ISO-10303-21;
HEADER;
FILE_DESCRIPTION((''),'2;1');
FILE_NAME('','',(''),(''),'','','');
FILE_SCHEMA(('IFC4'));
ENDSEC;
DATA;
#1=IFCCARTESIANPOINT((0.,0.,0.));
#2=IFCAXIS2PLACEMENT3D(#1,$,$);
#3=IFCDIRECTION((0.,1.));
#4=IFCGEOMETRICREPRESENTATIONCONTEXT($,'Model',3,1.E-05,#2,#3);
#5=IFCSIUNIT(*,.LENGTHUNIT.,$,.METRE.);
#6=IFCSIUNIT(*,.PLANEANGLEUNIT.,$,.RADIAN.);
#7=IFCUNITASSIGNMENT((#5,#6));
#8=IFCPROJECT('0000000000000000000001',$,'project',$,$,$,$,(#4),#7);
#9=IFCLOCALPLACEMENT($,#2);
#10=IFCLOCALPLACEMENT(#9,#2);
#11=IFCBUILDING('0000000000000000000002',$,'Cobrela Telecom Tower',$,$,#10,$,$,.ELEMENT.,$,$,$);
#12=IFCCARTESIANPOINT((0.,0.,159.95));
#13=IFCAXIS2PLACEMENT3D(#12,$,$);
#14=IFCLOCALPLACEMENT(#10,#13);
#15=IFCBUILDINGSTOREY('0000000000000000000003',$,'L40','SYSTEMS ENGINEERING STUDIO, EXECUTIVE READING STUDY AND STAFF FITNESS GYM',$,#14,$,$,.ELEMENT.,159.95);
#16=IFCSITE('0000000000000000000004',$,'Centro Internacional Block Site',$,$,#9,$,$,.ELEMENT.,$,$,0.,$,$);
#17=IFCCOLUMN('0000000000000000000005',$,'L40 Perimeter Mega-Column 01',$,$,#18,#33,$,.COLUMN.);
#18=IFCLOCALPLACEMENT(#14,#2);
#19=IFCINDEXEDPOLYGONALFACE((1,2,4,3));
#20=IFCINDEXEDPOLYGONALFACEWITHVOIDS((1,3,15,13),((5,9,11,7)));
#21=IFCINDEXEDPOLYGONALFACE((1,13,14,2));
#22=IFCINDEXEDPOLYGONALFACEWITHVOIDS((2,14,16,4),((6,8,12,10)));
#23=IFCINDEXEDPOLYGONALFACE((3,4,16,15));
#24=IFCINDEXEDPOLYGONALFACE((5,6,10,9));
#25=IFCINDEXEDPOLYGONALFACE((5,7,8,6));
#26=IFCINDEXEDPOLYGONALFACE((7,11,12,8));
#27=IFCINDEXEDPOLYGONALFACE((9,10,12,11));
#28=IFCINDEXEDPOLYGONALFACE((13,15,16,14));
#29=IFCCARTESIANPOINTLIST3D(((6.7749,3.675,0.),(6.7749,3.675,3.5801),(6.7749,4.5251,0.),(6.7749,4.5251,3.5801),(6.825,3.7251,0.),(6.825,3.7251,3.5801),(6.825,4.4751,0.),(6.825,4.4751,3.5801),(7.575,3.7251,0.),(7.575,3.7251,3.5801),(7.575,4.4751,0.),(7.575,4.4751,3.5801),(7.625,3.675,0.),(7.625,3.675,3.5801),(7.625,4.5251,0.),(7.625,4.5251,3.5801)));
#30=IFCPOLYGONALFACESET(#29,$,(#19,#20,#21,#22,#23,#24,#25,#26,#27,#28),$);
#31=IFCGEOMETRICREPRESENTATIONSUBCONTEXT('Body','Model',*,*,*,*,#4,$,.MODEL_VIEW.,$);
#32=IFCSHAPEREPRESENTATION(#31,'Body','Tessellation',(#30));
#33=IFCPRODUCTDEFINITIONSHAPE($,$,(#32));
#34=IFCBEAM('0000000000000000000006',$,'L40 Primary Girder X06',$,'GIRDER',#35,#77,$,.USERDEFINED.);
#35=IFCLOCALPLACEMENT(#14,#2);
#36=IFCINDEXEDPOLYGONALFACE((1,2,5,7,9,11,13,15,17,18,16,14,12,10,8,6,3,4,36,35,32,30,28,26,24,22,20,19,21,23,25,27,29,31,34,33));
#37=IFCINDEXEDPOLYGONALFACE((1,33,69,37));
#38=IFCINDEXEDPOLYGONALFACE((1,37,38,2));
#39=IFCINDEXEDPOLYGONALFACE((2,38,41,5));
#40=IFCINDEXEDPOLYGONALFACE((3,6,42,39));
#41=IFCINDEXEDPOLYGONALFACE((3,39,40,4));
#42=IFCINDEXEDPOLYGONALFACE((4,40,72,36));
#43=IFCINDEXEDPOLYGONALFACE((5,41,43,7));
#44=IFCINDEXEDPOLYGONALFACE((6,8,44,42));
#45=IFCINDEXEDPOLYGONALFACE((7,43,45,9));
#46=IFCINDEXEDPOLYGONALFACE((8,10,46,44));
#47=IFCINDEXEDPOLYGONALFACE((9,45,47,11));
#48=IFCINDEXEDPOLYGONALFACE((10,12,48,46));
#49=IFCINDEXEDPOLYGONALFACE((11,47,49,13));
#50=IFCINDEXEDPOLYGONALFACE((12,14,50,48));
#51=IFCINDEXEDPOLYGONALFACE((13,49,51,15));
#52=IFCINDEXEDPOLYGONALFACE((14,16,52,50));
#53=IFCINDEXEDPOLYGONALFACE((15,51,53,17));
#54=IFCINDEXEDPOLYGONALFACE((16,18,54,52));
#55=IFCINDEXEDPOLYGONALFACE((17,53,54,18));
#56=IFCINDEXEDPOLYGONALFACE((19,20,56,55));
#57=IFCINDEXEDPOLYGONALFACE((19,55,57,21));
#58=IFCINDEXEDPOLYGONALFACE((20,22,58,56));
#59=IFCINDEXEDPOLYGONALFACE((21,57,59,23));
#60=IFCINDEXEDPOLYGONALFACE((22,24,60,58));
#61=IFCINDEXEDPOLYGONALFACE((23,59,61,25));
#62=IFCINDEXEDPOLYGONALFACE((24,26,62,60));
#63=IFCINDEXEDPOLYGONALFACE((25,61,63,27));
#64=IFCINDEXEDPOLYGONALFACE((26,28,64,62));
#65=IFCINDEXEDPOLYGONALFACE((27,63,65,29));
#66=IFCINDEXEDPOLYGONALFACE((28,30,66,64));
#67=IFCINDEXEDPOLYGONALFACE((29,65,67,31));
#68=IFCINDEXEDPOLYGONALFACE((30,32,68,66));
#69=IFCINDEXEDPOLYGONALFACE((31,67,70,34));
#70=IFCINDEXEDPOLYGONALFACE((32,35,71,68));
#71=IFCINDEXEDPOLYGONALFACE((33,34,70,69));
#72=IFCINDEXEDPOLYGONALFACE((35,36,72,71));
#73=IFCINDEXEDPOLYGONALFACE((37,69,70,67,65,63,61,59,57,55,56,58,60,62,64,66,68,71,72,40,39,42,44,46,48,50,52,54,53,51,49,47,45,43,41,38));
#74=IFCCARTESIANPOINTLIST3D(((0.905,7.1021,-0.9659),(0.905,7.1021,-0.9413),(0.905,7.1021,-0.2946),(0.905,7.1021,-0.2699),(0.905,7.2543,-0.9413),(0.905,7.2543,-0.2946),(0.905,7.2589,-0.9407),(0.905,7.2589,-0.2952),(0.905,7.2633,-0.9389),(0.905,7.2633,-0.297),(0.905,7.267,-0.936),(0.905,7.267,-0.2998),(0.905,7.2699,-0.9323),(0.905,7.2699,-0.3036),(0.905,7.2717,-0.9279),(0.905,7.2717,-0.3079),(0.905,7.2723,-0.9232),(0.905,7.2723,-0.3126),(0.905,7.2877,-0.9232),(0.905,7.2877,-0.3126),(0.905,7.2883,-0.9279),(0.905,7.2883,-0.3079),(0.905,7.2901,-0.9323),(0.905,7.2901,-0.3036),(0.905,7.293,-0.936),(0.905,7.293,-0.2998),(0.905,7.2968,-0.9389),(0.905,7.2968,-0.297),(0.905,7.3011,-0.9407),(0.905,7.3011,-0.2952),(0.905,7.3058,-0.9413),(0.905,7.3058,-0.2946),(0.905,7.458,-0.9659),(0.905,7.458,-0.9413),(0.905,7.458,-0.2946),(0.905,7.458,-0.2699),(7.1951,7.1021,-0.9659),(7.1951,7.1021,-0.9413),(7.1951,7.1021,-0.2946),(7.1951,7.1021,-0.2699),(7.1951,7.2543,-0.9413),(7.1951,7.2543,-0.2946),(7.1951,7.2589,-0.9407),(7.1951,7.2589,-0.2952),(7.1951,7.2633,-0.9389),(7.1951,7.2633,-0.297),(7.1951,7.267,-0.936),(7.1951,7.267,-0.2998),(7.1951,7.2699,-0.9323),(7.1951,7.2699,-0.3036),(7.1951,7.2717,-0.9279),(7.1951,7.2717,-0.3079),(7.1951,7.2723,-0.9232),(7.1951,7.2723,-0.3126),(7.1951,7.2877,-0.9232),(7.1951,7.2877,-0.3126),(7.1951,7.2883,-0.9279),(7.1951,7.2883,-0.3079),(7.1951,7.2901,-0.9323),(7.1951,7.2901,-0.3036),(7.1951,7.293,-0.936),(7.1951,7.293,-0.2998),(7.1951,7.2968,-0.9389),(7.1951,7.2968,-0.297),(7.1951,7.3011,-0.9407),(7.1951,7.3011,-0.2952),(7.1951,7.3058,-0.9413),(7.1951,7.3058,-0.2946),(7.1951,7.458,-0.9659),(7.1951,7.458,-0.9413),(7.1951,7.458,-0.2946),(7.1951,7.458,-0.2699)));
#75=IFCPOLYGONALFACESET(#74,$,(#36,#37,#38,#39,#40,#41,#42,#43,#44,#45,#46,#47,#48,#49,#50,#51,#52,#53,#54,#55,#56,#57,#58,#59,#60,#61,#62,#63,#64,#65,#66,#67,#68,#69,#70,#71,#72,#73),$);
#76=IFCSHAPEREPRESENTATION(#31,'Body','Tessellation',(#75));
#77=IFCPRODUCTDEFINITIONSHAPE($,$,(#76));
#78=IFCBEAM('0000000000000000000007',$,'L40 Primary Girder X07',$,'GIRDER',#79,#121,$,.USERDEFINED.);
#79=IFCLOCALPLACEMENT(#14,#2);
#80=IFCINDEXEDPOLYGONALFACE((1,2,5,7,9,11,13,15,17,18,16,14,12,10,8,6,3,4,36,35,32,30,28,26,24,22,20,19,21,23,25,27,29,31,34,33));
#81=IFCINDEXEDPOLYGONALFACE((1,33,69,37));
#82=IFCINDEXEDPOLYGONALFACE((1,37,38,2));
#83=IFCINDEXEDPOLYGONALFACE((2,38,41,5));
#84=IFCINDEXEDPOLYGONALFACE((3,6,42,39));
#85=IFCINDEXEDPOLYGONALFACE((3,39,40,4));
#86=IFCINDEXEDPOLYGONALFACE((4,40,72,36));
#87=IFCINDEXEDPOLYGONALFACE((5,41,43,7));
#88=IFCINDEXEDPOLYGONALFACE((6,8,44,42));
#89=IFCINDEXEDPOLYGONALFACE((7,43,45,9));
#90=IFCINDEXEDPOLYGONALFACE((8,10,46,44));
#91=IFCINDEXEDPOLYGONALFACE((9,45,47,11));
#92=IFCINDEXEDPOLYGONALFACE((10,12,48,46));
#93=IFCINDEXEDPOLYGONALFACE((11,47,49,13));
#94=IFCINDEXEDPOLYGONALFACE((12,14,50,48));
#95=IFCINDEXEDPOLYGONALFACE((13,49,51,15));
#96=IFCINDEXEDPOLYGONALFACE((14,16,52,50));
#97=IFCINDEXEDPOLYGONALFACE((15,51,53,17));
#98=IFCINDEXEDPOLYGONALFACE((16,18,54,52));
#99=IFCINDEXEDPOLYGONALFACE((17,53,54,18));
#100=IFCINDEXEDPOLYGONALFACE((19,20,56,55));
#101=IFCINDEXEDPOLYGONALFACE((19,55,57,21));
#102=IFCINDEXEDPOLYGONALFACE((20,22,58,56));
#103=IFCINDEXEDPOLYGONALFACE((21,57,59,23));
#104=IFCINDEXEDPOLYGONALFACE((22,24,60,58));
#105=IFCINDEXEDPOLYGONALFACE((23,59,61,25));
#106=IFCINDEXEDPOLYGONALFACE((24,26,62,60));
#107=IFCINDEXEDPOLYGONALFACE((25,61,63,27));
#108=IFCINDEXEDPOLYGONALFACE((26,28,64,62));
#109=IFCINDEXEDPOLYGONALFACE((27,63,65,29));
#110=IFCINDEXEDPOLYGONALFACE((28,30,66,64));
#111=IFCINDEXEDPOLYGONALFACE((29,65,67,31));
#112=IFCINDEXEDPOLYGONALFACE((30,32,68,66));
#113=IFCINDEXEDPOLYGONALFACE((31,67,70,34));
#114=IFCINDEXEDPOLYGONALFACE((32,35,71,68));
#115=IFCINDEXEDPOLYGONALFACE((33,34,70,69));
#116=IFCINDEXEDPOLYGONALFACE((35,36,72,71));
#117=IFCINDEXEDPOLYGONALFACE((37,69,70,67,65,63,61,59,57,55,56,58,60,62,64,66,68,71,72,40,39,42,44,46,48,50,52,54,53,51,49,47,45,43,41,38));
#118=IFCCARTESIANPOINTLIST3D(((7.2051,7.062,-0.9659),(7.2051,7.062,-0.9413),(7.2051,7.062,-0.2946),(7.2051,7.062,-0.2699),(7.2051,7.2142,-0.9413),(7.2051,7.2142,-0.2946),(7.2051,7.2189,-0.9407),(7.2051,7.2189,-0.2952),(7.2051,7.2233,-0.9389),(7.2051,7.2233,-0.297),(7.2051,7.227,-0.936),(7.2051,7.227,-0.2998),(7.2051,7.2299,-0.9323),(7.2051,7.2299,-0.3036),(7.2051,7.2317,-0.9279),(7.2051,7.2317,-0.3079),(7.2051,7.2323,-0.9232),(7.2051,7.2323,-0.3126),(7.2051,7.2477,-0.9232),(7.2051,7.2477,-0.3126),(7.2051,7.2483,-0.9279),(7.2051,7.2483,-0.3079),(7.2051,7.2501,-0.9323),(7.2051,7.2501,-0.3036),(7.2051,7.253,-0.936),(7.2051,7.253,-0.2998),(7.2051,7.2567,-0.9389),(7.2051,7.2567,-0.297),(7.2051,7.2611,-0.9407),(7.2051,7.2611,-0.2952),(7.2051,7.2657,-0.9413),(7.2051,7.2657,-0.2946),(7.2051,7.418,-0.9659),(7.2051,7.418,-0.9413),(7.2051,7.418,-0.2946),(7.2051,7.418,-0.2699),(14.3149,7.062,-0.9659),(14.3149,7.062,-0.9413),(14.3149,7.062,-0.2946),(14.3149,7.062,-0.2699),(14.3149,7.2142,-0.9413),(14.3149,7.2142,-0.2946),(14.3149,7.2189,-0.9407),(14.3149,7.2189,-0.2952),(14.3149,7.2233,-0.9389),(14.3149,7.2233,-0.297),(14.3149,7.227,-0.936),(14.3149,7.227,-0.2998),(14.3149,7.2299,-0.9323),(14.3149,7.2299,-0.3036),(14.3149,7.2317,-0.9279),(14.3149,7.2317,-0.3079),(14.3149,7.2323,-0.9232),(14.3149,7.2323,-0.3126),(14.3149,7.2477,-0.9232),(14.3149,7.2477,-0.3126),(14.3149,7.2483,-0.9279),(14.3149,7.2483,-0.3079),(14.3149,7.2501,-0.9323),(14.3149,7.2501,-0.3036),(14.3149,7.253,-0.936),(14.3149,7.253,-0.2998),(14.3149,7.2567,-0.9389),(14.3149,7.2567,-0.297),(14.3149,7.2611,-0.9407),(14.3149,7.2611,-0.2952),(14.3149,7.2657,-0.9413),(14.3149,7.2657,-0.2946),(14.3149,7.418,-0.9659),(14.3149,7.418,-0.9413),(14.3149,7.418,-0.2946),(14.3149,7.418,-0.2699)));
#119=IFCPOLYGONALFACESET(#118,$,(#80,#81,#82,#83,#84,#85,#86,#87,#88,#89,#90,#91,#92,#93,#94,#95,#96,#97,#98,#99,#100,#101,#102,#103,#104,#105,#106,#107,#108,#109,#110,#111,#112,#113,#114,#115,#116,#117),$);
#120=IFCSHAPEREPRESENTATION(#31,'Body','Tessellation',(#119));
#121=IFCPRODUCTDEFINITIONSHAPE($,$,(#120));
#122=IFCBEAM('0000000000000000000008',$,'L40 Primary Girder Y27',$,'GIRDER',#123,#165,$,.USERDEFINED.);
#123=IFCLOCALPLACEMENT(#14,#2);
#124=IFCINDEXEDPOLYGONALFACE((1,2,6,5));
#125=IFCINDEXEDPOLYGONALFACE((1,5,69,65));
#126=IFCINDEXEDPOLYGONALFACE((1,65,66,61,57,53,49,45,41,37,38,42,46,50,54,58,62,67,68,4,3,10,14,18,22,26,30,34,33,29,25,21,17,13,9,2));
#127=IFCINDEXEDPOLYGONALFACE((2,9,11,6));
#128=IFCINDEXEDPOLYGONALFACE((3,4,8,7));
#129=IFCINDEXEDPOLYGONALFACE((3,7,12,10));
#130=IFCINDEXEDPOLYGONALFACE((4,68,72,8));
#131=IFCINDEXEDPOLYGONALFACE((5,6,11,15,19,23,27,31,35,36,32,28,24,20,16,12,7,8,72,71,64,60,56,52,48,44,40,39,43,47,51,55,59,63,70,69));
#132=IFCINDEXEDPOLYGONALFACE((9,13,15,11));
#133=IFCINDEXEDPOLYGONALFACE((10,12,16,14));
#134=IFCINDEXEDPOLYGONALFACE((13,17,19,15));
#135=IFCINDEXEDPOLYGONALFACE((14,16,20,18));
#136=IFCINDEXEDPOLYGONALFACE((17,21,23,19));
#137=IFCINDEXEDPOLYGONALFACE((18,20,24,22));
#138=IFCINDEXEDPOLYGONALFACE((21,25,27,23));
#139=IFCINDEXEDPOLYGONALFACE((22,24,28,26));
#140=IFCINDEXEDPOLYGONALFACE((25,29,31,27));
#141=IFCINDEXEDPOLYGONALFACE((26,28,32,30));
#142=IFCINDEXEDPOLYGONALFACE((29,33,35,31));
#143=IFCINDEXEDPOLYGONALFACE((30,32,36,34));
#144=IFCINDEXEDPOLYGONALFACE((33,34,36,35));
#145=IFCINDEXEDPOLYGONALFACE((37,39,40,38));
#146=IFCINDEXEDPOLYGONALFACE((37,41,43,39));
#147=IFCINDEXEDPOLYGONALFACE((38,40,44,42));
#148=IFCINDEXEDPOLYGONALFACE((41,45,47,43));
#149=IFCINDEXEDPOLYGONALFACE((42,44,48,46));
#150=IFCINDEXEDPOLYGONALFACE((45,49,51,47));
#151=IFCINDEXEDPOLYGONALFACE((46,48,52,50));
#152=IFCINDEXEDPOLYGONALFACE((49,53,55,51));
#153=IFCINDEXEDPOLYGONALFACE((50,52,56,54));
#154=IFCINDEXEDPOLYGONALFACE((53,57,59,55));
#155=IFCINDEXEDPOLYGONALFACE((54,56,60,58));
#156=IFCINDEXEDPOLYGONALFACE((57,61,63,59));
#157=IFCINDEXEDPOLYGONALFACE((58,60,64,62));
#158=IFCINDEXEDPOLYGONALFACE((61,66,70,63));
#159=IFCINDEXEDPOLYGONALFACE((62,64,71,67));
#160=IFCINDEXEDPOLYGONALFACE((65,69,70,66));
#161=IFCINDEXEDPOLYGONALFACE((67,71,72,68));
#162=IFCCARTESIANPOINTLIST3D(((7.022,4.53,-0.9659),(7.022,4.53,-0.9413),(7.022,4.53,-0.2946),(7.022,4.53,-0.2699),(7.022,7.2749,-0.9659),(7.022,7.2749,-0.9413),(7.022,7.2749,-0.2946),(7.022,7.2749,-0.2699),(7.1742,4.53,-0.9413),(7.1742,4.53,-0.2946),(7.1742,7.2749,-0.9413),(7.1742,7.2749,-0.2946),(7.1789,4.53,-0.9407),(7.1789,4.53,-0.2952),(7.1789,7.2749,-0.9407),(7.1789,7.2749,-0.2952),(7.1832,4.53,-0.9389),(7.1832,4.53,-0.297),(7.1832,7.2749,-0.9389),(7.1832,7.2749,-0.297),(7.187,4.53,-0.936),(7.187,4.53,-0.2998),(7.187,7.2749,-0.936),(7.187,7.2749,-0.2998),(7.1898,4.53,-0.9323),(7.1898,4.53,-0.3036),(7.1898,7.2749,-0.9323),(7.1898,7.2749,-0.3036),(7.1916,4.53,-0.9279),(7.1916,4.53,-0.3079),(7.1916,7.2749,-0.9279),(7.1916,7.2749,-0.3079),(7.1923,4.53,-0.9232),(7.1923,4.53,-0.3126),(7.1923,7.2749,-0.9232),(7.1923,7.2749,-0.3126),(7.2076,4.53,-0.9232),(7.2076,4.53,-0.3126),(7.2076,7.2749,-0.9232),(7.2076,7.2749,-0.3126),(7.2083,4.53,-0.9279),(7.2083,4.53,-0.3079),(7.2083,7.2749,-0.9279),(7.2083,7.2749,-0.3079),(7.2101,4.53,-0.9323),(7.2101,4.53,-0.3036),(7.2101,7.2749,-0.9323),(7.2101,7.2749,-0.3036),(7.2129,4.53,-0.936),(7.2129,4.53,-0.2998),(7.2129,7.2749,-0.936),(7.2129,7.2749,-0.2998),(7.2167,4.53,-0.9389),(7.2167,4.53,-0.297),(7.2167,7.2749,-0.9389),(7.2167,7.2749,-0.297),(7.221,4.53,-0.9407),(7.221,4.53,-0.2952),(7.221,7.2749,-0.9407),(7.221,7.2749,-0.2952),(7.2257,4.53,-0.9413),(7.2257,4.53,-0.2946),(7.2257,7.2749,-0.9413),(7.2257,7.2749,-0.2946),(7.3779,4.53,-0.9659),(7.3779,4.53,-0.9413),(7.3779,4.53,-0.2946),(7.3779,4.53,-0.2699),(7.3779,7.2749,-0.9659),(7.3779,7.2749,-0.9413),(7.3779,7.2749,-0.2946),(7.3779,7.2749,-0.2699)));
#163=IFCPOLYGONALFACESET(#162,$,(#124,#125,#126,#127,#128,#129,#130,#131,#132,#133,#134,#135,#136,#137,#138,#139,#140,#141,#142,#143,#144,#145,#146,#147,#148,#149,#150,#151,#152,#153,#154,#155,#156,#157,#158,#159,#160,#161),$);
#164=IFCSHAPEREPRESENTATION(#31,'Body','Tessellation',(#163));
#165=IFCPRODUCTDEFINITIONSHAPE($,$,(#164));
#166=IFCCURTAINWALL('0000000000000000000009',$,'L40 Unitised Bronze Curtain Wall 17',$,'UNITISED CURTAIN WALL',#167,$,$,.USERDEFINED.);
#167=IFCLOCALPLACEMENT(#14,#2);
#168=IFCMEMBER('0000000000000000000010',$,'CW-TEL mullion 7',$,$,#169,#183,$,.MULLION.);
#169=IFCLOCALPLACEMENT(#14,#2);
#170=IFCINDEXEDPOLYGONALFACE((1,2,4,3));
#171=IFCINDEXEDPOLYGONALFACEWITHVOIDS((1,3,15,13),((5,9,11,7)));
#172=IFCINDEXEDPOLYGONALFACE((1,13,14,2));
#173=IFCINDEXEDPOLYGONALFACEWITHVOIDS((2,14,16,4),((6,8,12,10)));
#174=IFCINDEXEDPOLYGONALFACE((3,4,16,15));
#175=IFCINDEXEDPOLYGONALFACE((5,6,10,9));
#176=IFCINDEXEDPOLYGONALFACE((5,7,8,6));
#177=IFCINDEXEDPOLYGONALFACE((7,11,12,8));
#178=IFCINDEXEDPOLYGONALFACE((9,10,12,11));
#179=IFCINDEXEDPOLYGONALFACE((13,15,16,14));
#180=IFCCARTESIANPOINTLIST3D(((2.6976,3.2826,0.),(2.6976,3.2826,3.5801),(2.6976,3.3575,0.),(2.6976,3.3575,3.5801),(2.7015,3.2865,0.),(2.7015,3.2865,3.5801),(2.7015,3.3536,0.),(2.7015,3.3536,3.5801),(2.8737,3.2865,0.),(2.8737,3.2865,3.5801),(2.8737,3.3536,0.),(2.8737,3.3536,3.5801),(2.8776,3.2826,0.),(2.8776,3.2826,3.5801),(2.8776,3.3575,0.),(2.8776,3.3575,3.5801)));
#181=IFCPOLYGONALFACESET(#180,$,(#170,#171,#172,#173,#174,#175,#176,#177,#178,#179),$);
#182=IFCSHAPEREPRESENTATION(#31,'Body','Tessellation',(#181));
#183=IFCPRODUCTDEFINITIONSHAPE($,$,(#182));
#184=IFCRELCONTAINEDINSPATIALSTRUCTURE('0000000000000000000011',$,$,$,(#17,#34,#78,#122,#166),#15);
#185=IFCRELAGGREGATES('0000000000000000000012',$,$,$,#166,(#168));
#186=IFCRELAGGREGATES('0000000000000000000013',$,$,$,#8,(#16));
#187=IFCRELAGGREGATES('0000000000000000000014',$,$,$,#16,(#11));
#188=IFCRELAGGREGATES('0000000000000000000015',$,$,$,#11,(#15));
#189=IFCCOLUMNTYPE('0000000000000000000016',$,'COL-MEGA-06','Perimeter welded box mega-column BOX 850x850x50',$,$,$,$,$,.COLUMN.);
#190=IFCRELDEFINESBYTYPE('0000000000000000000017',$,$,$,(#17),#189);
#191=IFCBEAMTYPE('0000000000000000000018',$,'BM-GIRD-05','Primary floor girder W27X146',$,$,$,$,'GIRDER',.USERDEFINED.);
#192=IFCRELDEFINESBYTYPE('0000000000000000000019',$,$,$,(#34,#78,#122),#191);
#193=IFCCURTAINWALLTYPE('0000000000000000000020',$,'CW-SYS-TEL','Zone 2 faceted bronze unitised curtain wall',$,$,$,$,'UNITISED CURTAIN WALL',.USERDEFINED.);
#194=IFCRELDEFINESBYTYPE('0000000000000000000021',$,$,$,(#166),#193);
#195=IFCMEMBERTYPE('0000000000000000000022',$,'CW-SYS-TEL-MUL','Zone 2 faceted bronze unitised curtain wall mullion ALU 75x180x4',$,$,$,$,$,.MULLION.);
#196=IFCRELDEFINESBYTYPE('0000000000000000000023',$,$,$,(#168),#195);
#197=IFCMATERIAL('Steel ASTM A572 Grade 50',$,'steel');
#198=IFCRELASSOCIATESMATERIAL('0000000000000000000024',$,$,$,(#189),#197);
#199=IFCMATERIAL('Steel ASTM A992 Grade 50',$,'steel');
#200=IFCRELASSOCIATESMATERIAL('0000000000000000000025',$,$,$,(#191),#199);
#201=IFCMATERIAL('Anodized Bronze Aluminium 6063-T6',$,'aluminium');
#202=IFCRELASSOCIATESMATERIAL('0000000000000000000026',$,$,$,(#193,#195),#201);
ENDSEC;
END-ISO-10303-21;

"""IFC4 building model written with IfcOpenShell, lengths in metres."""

from ifc_helpers import new_model, si_unit, direction, frame, origin, origin_2d, place, context, subcontext, project, spatial, hollow_rectangle, i_section, extrude, material, material_profile, profile_set, type_object, element, aggregate, save


model = new_model("IFC4")

# Units and contexts
model_context = context("Model", 3, precision=1e-05, world=origin(), true_north=direction((0.0, 1.0)))
body_context = subcontext(model_context, "Body", "Model", "MODEL_VIEW")
ifc_project = project(units=[si_unit("LENGTHUNIT", "METRE"), si_unit("PLANEANGLEUNIT", "RADIAN")], contexts=[model_context])

# Site, building, storey
site_placement = place(None, origin())
site = spatial("IfcSite", under=ifc_project, at=site_placement, Name="Centro Internacional Block Site", CompositionType="ELEMENT", RefElevation=0.0)
building_placement = place(site_placement, origin())
building = spatial("IfcBuilding", under=site, at=building_placement, Name="Cobrela Telecom Tower", CompositionType="ELEMENT")
storey_placement = place(building_placement, frame((0.0, 0.0, 159.95)))
storey = spatial("IfcBuildingStorey", under=building, at=storey_placement, Name="L40", Description="SYSTEMS ENGINEERING STUDIO, EXECUTIVE READING STUDY AND STAFF FITNESS GYM", CompositionType="ELEMENT", Elevation=159.95)

# Column
ifc_material_1 = material(Name="Steel ASTM A572 Grade 50", Category="steel")
ifc_material_profile_1 = material_profile(ifc_material_1, hollow_rectangle(XDim=0.8501, YDim=0.8501, WallThickness=0.05, at=origin_2d()), Name="BOX 850x850x50")
ifc_profile_set_1 = profile_set([ifc_material_profile_1], Name="Steel ASTM A572 Grade 50")
column_type = type_object("IfcColumnType", Name="COL-MEGA-06", Description="Perimeter welded box mega-column BOX 850x850x50", PredefinedType="COLUMN", material=ifc_profile_set_1)
column_placement = place(storey_placement, frame((7.2, 4.1001, 0.0), z_axis=(0.0, 0.0, 1.0), x_axis=(1.0, 0.0, 0.0)))
element("IfcColumn", 1, at=column_placement, inside=storey, type_object=column_type, Name="L40 Perimeter Mega-Column 01", PredefinedType="COLUMN", context=body_context, shape_type="SweptSolid", body=[
    extrude(hollow_rectangle(XDim=0.8501, YDim=0.8501, WallThickness=0.05, at=origin_2d()), origin(), (0.0, 0.0, 1.0), 3.5801),
])

# Beams
ifc_material_2 = material(Name="Steel ASTM A992 Grade 50", Category="steel")
ifc_material_profile_2 = material_profile(ifc_material_2, i_section(OverallWidth=0.356, OverallDepth=0.696, WebThickness=0.0154, FlangeThickness=0.0247, FilletRadius=0.0181, at=origin_2d()), Name="W27X146")
ifc_profile_set_2 = profile_set([ifc_material_profile_2], Name="Steel ASTM A992 Grade 50")
beam_type = type_object("IfcBeamType", Name="BM-GIRD-05", Description="Primary floor girder W27X146", ElementType="GIRDER", PredefinedType="USERDEFINED", material=ifc_profile_set_2)
beam_1_placement = place(storey_placement, frame((0.905, 7.28, -0.6179), z_axis=(1.0, 0.0, 0.0), x_axis=(0.0, 1.0, 0.0)))
element("IfcBeam", 2, at=beam_1_placement, inside=storey, type_object=beam_type, Name="L40 Primary Girder X06", ObjectType="GIRDER", PredefinedType="USERDEFINED", context=body_context, shape_type="SweptSolid", body=[
    extrude(i_section(OverallWidth=0.356, OverallDepth=0.696, WebThickness=0.0154, FlangeThickness=0.0247, FilletRadius=0.0181, at=origin_2d()), origin(), (0.0, 0.0, 1.0), 6.29),
])
beam_2_placement = place(storey_placement, frame((7.2051, 7.24, -0.6179), z_axis=(1.0, 0.0, 0.0), x_axis=(0.0, 1.0, 0.0)))
element("IfcBeam", 3, at=beam_2_placement, inside=storey, type_object=beam_type, Name="L40 Primary Girder X07", ObjectType="GIRDER", PredefinedType="USERDEFINED", context=body_context, shape_type="SweptSolid", body=[
    extrude(i_section(OverallWidth=0.356, OverallDepth=0.696, WebThickness=0.0154, FlangeThickness=0.0247, FilletRadius=0.0181, at=origin_2d()), origin(), (0.0, 0.0, 1.0), 7.1099),
])
beam_3_placement = place(storey_placement, frame((7.2, 4.53, -0.6179), z_axis=(0.0, 1.0, 0.0), x_axis=(-1.0, 0.0, 0.0)))
element("IfcBeam", 4, at=beam_3_placement, inside=storey, type_object=beam_type, Name="L40 Primary Girder Y27", ObjectType="GIRDER", PredefinedType="USERDEFINED", context=body_context, shape_type="SweptSolid", body=[
    extrude(i_section(OverallWidth=0.356, OverallDepth=0.696, WebThickness=0.0154, FlangeThickness=0.0247, FilletRadius=0.0181, at=origin_2d()), origin(), (0.0, 0.0, 1.0), 2.7449),
])

# Curtain wall, member
ifc_material_3 = material(Name="Anodized Bronze Aluminium 6063-T6", Category="aluminium")
curtain_wall_type = type_object("IfcCurtainWallType", Name="CW-SYS-TEL", Description="Zone 2 faceted bronze unitised curtain wall", ElementType="UNITISED CURTAIN WALL", PredefinedType="USERDEFINED", material=ifc_material_3)
curtain_wall_placement = place(storey_placement, origin())
curtain_wall = element("IfcCurtainWall", 5, at=curtain_wall_placement, inside=storey, type_object=curtain_wall_type, Name="L40 Unitised Bronze Curtain Wall 17", ObjectType="UNITISED CURTAIN WALL", PredefinedType="USERDEFINED")
ifc_material_profile_3 = material_profile(ifc_material_3, hollow_rectangle(XDim=0.075, YDim=0.1799, WallThickness=0.0039, at=origin_2d()), Name="ALU 75x180x4")
ifc_profile_set_3 = profile_set([ifc_material_profile_3], Name="Anodized Bronze Aluminium 6063-T6")
member_type = type_object("IfcMemberType", Name="CW-SYS-TEL-MUL", Description="Zone 2 faceted bronze unitised curtain wall mullion ALU 75x180x4", PredefinedType="MULLION", material=ifc_profile_set_3)
member_placement = place(storey_placement, frame((2.7876, 3.3201, 0.0), z_axis=(0.0, 0.0, 1.0), x_axis=(0.0, -1.0, 0.0)))
member = element("IfcMember", 6, at=member_placement, type_object=member_type, Name="CW-TEL mullion 7", PredefinedType="MULLION", context=body_context, shape_type="SweptSolid", body=[
    extrude(hollow_rectangle(XDim=0.075, YDim=0.1799, WallThickness=0.0039, at=origin_2d()), origin(), (0.0, 0.0, 1.0), 3.5801),
])
aggregate(curtain_wall, [member])

save(model, "model.ifc")
